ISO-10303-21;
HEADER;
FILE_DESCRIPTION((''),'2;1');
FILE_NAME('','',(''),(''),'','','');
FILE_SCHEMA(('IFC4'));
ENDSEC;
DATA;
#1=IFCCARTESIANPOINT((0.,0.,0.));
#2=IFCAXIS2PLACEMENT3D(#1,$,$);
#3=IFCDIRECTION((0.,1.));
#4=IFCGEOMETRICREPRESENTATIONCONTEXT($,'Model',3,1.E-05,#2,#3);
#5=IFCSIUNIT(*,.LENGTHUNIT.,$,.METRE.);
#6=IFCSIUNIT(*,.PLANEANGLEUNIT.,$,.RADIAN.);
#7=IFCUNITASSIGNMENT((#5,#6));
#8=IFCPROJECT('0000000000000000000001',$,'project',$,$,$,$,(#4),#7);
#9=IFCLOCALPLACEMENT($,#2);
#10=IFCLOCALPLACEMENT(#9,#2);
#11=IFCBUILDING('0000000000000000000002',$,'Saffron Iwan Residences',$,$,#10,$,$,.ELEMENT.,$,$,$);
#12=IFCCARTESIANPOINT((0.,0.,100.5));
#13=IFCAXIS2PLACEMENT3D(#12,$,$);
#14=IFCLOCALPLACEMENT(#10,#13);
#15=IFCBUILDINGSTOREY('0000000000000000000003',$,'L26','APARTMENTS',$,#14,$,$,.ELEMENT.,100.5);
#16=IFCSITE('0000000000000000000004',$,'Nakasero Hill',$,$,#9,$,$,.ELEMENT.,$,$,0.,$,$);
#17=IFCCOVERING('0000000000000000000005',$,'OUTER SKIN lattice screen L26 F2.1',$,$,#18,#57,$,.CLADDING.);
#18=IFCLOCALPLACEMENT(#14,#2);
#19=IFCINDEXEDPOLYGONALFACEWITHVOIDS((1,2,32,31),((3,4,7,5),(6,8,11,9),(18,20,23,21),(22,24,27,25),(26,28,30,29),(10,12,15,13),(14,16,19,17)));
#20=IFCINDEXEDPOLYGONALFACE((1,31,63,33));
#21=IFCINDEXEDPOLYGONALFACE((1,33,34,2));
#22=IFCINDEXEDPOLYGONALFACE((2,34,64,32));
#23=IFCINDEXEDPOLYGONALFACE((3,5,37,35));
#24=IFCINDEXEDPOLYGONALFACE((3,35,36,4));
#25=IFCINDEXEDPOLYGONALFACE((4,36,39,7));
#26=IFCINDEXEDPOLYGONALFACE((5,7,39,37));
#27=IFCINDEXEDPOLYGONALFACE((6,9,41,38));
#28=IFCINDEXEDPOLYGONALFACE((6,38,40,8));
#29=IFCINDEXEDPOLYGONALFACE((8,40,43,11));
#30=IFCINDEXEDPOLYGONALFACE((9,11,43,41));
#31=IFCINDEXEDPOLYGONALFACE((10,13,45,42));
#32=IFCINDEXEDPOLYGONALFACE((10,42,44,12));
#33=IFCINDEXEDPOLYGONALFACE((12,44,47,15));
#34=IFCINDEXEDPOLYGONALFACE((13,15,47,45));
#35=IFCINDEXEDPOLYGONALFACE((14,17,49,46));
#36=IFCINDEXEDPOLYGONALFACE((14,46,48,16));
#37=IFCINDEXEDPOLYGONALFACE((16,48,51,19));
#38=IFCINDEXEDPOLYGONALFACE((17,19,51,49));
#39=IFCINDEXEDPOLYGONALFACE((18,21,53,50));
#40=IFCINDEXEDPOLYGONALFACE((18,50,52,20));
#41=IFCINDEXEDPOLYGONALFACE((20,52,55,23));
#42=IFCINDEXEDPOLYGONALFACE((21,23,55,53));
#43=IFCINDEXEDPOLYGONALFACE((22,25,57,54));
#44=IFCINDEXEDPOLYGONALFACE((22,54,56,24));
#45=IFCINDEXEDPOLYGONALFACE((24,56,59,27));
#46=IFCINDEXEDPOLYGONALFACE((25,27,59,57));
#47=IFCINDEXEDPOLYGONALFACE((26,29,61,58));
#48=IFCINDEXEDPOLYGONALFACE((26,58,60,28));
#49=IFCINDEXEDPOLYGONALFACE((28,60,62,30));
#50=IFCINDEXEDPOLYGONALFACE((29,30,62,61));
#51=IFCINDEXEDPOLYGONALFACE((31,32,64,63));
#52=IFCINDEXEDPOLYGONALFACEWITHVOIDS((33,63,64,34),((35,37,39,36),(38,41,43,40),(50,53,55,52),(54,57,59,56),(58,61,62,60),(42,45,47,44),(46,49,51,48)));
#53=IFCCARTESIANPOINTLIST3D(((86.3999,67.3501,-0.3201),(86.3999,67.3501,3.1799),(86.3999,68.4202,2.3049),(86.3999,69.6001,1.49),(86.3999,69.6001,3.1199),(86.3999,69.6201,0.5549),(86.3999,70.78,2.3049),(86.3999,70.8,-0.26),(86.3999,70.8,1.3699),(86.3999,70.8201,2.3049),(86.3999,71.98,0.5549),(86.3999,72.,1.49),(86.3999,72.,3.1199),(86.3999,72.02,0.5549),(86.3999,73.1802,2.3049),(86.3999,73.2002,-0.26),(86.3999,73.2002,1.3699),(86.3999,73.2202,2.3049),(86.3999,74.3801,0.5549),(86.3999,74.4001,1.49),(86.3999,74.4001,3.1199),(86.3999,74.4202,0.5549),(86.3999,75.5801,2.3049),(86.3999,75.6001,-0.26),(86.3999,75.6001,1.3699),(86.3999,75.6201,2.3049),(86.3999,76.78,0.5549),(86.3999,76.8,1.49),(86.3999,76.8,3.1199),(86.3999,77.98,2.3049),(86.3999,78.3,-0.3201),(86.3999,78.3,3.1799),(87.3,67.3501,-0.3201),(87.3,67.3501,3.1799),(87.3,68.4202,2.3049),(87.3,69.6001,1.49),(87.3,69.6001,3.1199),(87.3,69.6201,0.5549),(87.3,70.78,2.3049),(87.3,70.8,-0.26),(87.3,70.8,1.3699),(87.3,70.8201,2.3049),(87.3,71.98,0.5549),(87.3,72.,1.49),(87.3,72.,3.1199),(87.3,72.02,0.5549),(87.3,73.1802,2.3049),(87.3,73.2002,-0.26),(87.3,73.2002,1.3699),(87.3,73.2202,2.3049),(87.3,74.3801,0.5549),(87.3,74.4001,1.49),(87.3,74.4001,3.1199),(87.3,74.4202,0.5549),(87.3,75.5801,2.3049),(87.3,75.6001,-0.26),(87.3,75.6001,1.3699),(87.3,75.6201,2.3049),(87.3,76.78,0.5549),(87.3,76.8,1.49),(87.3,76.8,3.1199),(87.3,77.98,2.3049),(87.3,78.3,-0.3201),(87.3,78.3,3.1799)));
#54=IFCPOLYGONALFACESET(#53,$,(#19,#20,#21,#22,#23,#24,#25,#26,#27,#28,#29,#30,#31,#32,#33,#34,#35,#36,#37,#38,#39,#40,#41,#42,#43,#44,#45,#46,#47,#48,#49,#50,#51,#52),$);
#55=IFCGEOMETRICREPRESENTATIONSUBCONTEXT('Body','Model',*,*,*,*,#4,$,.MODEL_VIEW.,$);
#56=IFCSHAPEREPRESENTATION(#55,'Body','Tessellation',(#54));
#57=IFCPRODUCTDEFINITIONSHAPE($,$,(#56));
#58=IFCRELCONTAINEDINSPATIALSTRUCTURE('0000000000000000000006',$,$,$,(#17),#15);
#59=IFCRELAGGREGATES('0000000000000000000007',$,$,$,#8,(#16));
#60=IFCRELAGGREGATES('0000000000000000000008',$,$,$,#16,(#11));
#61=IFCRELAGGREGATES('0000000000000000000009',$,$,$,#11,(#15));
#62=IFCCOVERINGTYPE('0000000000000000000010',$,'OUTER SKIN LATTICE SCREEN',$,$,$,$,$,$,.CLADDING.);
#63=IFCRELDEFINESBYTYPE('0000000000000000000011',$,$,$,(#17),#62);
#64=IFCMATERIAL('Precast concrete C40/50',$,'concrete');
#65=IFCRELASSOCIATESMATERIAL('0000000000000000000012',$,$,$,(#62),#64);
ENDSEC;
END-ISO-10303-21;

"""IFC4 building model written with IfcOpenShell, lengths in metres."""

from ifc_helpers import new_model, si_unit, direction, frame, origin, place, context, subcontext, project, spatial, polyline, outline, extrude, material, type_object, element, save


model = new_model("IFC4")

# Units and contexts
model_context = context("Model", 3, precision=1e-05, world=origin(), true_north=direction((0.0, 1.0)))
body_context = subcontext(model_context, "Body", "Model", "MODEL_VIEW")
ifc_project = project(units=[si_unit("LENGTHUNIT", "METRE"), si_unit("PLANEANGLEUNIT", "RADIAN")], contexts=[model_context])

# Site, building, storey
site_placement = place(None, origin())
site = spatial("IfcSite", under=ifc_project, at=site_placement, Name="Nakasero Hill", CompositionType="ELEMENT", RefElevation=0.0)
building_placement = place(site_placement, origin())
building = spatial("IfcBuilding", under=site, at=building_placement, Name="Saffron Iwan Residences", CompositionType="ELEMENT")
storey_placement = place(building_placement, frame((0.0, 0.0, 100.5)))
storey = spatial("IfcBuildingStorey", under=building, at=storey_placement, Name="L26", Description="APARTMENTS", CompositionType="ELEMENT", Elevation=100.5)

# Covering
ifc_material_1 = material(Name="Precast concrete C40/50", Category="concrete")
covering_type = type_object("IfcCoveringType", Name="OUTER SKIN LATTICE SCREEN", PredefinedType="CLADDING", material=ifc_material_1)
covering_placement = place(storey_placement, frame((86.3999, 67.3501, -0.3201), z_axis=(1.0, 0.0, 0.0), x_axis=(0.0, 1.0, 0.0)))
element("IfcCovering", 1, at=covering_placement, inside=storey, type_object=covering_type, Name="OUTER SKIN lattice screen L26 F2.1", PredefinedType="CLADDING", context=body_context, shape_type="SweptSolid", body=[
    extrude(outline(polyline([(0.0, 0.0), (10.95, 0.0), (10.95, 3.5), (0.0, 3.5), (0.0, 0.0)]), holes=[polyline([(2.27, 0.875), (3.45, 0.0601), (4.6299, 0.875), (3.45, 1.6899), (2.27, 0.875)]), polyline([(4.6699, 0.875), (5.8501, 0.0601), (7.03, 0.875), (5.8501, 1.6899), (4.6699, 0.875)]), polyline([(7.0701, 0.875), (8.25, 0.0601), (9.4299, 0.875), (8.25, 1.6899), (7.0701, 0.875)]), polyline([(1.0701, 2.625), (2.25, 1.8101), (3.4299, 2.625), (2.25, 3.4399), (1.0701, 2.625)]), polyline([(3.47, 2.625), (4.6499, 1.8101), (5.8301, 2.625), (4.6499, 3.4399), (3.47, 2.625)]), polyline([(5.8701, 2.625), (7.05, 1.8101), (8.23, 2.625), (7.05, 3.4399), (5.8701, 2.625)]), polyline([(8.27, 2.625), (9.45, 1.8101), (10.6299, 2.625), (9.45, 3.4399), (8.27, 2.625)])]), origin(), (0.0, 0.0, 1.0), 0.9001),
])

save(model, "model.ifc")
